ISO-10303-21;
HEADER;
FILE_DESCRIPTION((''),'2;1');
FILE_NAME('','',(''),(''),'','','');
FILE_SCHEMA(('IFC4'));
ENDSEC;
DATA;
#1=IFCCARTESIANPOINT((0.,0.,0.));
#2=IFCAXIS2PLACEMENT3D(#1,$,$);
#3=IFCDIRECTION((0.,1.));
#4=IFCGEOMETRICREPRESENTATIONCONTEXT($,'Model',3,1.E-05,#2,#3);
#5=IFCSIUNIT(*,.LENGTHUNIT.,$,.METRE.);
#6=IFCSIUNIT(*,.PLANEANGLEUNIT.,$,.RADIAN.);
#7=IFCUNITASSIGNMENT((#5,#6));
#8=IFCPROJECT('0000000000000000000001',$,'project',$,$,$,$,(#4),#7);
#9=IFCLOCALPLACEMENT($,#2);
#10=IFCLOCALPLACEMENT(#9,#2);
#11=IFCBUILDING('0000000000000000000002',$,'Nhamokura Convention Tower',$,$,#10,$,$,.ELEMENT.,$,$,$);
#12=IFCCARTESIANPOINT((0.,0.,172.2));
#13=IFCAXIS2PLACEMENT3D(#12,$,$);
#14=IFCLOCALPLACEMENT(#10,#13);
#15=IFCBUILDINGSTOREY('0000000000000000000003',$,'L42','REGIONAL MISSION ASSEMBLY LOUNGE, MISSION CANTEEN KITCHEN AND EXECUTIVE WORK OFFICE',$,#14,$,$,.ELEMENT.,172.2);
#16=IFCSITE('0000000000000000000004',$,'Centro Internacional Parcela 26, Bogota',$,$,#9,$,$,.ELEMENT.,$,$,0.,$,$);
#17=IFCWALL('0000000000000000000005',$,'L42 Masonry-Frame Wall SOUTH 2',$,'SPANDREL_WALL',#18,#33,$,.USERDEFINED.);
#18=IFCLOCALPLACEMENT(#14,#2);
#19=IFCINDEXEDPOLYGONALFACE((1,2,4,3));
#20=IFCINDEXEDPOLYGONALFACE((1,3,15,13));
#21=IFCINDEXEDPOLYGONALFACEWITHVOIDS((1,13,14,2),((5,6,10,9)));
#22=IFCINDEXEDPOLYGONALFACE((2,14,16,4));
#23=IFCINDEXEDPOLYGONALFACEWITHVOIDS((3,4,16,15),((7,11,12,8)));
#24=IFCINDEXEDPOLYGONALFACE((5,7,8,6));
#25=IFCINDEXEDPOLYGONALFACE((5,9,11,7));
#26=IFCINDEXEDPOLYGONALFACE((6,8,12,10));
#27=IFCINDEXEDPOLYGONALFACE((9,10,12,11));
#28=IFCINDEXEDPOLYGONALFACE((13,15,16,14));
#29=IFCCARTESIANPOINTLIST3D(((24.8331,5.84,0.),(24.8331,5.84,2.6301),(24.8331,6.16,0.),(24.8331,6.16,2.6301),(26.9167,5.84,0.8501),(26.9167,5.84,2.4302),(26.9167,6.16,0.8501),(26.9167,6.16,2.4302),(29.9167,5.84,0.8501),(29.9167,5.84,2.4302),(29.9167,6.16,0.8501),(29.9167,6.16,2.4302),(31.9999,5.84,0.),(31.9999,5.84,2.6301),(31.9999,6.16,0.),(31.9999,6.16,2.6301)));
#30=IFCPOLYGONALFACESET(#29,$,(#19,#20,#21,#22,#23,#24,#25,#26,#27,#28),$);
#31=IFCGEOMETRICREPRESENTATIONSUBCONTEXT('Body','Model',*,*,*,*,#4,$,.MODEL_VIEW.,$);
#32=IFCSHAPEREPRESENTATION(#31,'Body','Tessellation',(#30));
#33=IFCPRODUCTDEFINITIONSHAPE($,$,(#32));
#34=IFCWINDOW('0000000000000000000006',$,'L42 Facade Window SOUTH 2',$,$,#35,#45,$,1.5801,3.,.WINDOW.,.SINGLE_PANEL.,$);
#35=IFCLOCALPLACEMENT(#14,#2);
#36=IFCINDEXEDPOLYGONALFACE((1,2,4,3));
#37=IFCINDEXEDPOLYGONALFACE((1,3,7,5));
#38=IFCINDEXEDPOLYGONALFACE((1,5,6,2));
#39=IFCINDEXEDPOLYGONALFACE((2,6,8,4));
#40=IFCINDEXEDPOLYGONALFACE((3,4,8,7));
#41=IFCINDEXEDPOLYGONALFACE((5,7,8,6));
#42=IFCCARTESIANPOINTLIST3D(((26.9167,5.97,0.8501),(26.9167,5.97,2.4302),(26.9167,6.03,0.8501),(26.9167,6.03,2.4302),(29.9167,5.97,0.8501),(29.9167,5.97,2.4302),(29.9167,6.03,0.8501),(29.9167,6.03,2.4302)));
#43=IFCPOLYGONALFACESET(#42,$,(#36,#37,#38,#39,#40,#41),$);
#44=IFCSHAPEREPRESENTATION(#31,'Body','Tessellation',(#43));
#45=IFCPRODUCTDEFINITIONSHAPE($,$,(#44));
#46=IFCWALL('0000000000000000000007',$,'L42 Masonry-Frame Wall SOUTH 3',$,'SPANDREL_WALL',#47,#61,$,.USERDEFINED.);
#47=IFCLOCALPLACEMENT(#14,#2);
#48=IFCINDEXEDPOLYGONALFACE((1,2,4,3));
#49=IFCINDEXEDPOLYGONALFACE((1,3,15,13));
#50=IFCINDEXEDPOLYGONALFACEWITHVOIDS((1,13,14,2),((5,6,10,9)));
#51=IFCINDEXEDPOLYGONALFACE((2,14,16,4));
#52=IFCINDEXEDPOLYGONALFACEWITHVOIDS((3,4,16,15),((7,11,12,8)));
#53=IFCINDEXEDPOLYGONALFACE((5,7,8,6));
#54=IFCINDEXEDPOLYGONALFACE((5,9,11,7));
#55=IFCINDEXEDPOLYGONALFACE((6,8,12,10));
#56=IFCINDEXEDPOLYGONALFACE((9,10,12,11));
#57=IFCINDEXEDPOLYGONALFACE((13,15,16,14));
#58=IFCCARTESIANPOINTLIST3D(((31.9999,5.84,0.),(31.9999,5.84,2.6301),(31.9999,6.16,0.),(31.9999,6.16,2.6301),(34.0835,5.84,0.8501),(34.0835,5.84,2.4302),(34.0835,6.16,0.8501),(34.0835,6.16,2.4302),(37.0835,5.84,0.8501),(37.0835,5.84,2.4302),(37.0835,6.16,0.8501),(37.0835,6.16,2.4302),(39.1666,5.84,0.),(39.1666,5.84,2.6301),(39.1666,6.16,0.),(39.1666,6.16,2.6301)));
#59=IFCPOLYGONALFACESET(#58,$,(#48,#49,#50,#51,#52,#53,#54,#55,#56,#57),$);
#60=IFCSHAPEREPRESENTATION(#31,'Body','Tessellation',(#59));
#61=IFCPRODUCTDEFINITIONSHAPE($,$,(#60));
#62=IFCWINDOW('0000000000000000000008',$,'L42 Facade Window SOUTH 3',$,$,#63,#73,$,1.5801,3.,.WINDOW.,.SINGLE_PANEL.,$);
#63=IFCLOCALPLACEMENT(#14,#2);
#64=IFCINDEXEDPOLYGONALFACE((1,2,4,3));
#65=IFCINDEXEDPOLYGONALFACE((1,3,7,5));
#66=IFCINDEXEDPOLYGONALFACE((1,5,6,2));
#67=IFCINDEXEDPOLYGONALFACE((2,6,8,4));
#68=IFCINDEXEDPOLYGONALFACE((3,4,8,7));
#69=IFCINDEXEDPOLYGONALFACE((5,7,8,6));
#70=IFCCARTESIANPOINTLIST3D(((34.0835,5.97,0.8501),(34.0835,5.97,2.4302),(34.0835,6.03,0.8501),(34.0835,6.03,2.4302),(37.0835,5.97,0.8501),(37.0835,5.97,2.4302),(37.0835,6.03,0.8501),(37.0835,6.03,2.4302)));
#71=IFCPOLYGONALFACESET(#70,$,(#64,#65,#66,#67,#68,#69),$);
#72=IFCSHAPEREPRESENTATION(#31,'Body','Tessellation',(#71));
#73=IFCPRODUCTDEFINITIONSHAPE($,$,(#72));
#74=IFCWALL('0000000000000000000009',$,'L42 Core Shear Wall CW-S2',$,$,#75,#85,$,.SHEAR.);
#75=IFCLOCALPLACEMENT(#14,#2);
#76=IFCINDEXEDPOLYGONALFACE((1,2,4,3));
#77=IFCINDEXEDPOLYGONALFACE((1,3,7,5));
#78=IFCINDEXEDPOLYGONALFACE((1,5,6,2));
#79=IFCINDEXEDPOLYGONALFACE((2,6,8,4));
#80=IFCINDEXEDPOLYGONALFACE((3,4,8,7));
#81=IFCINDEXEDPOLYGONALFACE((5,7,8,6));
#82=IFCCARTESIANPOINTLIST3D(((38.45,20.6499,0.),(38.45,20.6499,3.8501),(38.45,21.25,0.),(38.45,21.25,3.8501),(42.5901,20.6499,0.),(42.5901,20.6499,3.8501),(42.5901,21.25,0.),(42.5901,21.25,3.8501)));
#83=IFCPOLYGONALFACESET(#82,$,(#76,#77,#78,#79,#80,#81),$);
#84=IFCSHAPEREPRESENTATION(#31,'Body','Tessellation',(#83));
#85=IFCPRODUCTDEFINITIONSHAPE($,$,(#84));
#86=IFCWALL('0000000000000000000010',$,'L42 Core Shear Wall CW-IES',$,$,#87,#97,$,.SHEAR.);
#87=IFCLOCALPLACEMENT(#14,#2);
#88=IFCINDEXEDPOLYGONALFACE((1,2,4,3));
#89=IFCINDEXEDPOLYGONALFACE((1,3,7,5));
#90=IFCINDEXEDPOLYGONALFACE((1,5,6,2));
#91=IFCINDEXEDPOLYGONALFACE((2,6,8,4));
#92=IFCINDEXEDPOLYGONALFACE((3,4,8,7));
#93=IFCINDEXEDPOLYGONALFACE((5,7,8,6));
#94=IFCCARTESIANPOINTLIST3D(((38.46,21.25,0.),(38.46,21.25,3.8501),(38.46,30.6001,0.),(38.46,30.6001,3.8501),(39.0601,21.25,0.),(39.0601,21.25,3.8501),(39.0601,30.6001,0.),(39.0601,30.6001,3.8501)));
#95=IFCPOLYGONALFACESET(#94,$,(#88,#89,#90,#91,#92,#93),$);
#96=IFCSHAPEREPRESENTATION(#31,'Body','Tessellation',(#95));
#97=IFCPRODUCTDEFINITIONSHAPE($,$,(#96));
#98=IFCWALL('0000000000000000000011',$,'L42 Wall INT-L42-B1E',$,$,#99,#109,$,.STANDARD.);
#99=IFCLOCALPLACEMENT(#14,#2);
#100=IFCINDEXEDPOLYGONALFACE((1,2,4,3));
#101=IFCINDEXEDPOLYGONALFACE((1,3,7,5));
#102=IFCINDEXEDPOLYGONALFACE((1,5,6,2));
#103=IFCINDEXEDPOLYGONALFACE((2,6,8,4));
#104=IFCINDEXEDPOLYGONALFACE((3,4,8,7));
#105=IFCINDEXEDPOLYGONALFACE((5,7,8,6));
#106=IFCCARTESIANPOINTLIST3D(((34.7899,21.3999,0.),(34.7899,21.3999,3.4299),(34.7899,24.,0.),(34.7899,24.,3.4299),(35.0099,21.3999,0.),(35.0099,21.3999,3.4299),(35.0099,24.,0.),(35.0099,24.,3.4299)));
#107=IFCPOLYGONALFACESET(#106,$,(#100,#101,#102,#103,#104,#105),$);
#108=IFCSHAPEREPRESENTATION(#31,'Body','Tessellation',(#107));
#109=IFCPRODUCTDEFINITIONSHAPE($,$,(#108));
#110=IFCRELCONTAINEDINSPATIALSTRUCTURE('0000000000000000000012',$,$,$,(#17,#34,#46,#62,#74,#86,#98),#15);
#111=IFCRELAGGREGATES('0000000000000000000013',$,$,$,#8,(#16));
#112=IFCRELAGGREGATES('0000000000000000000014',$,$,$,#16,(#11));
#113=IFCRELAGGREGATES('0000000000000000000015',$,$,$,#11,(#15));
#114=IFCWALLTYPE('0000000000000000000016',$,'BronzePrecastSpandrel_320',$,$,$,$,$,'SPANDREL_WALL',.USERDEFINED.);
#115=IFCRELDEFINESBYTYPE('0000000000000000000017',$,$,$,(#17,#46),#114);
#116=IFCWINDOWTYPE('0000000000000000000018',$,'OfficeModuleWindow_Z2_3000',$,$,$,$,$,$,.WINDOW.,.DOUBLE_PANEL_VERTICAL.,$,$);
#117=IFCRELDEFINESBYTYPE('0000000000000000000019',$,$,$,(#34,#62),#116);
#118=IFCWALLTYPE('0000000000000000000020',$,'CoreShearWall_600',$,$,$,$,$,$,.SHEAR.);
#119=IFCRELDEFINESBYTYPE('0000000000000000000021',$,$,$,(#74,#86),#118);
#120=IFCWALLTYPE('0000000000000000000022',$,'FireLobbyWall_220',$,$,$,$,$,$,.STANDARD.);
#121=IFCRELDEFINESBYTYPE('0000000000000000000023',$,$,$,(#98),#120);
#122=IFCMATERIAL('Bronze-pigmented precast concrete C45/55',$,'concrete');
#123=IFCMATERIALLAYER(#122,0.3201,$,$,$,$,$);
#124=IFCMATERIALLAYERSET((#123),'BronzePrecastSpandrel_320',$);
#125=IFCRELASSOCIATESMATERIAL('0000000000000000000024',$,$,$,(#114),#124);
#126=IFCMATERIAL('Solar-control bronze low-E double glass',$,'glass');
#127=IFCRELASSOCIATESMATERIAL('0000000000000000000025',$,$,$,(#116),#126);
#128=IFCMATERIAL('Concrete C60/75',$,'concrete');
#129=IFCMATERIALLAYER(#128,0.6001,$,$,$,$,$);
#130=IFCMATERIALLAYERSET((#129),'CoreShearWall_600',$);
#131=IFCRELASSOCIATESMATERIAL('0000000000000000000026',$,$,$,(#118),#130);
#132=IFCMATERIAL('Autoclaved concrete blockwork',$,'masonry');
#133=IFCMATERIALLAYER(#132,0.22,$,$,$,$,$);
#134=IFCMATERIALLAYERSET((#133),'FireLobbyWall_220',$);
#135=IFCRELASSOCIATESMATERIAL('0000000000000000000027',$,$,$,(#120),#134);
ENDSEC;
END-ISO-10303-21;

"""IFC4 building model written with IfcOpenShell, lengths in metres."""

from ifc_helpers import new_model, si_unit, direction, frame, frame_2d, origin, place, context, subcontext, project, spatial, rectangle, extrude, material, layer, layer_set, type_object, element, fill, save


model = new_model("IFC4")

# Units and contexts
model_context = context("Model", 3, precision=1e-05, world=origin(), true_north=direction((0.0, 1.0)))
body_context = subcontext(model_context, "Body", "Model", "MODEL_VIEW")
ifc_project = project(units=[si_unit("LENGTHUNIT", "METRE"), si_unit("PLANEANGLEUNIT", "RADIAN")], contexts=[model_context])

# Site, building, storey
site_placement = place(None, origin())
site = spatial("IfcSite", under=ifc_project, at=site_placement, Name="Centro Internacional Parcela 26, Bogota", CompositionType="ELEMENT", RefElevation=0.0)
building_placement = place(site_placement, origin())
building = spatial("IfcBuilding", under=site, at=building_placement, Name="Nhamokura Convention Tower", CompositionType="ELEMENT")
storey_placement = place(building_placement, frame((0.0, 0.0, 172.2)))
storey = spatial("IfcBuildingStorey", under=building, at=storey_placement, Name="L42", Description="REGIONAL MISSION ASSEMBLY LOUNGE, MISSION CANTEEN KITCHEN AND EXECUTIVE WORK OFFICE", CompositionType="ELEMENT", Elevation=172.2)

# Walls, openings, windows
ifc_material_1 = material(Name="Bronze-pigmented precast concrete C45/55", Category="concrete")
ifc_layer_1 = layer(ifc_material_1, 0.3201)
ifc_layer_set_1 = layer_set([ifc_layer_1], Name="BronzePrecastSpandrel_320")
wall_type_1 = type_object("IfcWallType", Name="BronzePrecastSpandrel_320", ElementType="SPANDREL_WALL", PredefinedType="USERDEFINED", material=ifc_layer_set_1)
wall_1_placement = place(storey_placement, frame((32.0, 6.0, 0.0), z_axis=(0.0, 0.0, 1.0), x_axis=(-1.0, 0.0, 0.0)))
wall_1 = element("IfcWall", 1, at=wall_1_placement, inside=storey, type_object=wall_type_1, Name="L42 Masonry-Frame Wall SOUTH 2", ObjectType="SPANDREL_WALL", PredefinedType="USERDEFINED", context=body_context, shape_type="SweptSolid", body=[
    extrude(rectangle(XDim=7.1667, YDim=0.3201, at=frame_2d((3.5835, 0.0))), origin(), (0.0, 0.0, 1.0), 2.6301),
])
opening_1_placement = place(wall_1_placement, frame((2.0833, 0.0, 0.8501)))
opening_1 = element("IfcOpeningElement", 2, at=opening_1_placement, cuts=wall_1, PredefinedType="OPENING", context=body_context, shape_type="SweptSolid", body=[
    extrude(rectangle(XDim=3.0, YDim=1.5801, at=frame_2d((1.5, 0.79))), frame((0.0, 0.1699, 0.0), z_axis=(0.0, -1.0, 0.0), x_axis=(1.0, 0.0, 0.0)), (0.0, 0.0, 1.0), 0.3401),
])
ifc_material_2 = material(Name="Solar-control bronze low-E double glass", Category="glass")
window_type = type_object("IfcWindowType", Name="OfficeModuleWindow_Z2_3000", PartitioningType="DOUBLE_PANEL_VERTICAL", PredefinedType="WINDOW", material=ifc_material_2)
window_1_placement = place(opening_1_placement, origin())
window_1 = element("IfcWindow", 3, at=window_1_placement, inside=storey, type_object=window_type, Name="L42 Facade Window SOUTH 2", OverallHeight=1.5801, OverallWidth=3.0, PartitioningType="SINGLE_PANEL", PredefinedType="WINDOW", context=body_context, shape_type="SweptSolid", body=[
    extrude(rectangle(XDim=3.0, YDim=1.5801, at=frame_2d((1.5, 0.79))), frame((0.0, 0.03, 0.0), z_axis=(0.0, -1.0, 0.0), x_axis=(1.0, 0.0, 0.0)), (0.0, 0.0, 1.0), 0.0601),
])
fill(opening_1, window_1)
wall_2_placement = place(storey_placement, frame((39.1667, 6.0, 0.0), z_axis=(0.0, 0.0, 1.0), x_axis=(-1.0, 0.0, 0.0)))
wall_2 = element("IfcWall", 4, at=wall_2_placement, inside=storey, type_object=wall_type_1, Name="L42 Masonry-Frame Wall SOUTH 3", ObjectType="SPANDREL_WALL", PredefinedType="USERDEFINED", context=body_context, shape_type="SweptSolid", body=[
    extrude(rectangle(XDim=7.1667, YDim=0.3201, at=frame_2d((3.5835, 0.0))), origin(), (0.0, 0.0, 1.0), 2.6301),
])
opening_2_placement = place(wall_2_placement, frame((2.0833, 0.0, 0.8501)))
opening_2 = element("IfcOpeningElement", 5, at=opening_2_placement, cuts=wall_2, PredefinedType="OPENING", context=body_context, shape_type="SweptSolid", body=[
    extrude(rectangle(XDim=3.0, YDim=1.5801, at=frame_2d((1.5, 0.79))), frame((0.0, 0.1699, 0.0), z_axis=(0.0, -1.0, 0.0), x_axis=(1.0, 0.0, 0.0)), (0.0, 0.0, 1.0), 0.3401),
])
window_2_placement = place(opening_2_placement, origin())
window_2 = element("IfcWindow", 6, at=window_2_placement, inside=storey, type_object=window_type, Name="L42 Facade Window SOUTH 3", OverallHeight=1.5801, OverallWidth=3.0, PartitioningType="SINGLE_PANEL", PredefinedType="WINDOW", context=body_context, shape_type="SweptSolid", body=[
    extrude(rectangle(XDim=3.0, YDim=1.5801, at=frame_2d((1.5, 0.79))), frame((0.0, 0.03, 0.0), z_axis=(0.0, -1.0, 0.0), x_axis=(1.0, 0.0, 0.0)), (0.0, 0.0, 1.0), 0.0601),
])
fill(opening_2, window_2)

# Shared definitions
ifc_material_3 = material(Name="Concrete C60/75", Category="concrete")
ifc_layer_2 = layer(ifc_material_3, 0.6001)
ifc_layer_set_2 = layer_set([ifc_layer_2], Name="CoreShearWall_600")
wall_type_2 = type_object("IfcWallType", Name="CoreShearWall_600", PredefinedType="SHEAR", material=ifc_layer_set_2)

# Walls
wall_3_placement = place(storey_placement, frame((38.45, 20.95, 0.0), z_axis=(0.0, 0.0, 1.0), x_axis=(1.0, 0.0, 0.0)))
element("IfcWall", 7, at=wall_3_placement, inside=storey, type_object=wall_type_2, Name="L42 Core Shear Wall CW-S2", PredefinedType="SHEAR", context=body_context, shape_type="SweptSolid", body=[
    extrude(rectangle(XDim=4.1401, YDim=0.6001, at=frame_2d((2.0701, 0.0))), origin(), (0.0, 0.0, 1.0), 3.8501),
])
wall_4_placement = place(storey_placement, frame((38.76, 21.25, 0.0), z_axis=(0.0, 0.0, 1.0), x_axis=(0.0, 1.0, 0.0)))
element("IfcWall", 8, at=wall_4_placement, inside=storey, type_object=wall_type_2, Name="L42 Core Shear Wall CW-IES", PredefinedType="SHEAR", context=body_context, shape_type="SweptSolid", body=[
    extrude(rectangle(XDim=9.3501, YDim=0.6001, at=frame_2d((4.675, 0.0))), origin(), (0.0, 0.0, 1.0), 3.8501),
])

# Shared definitions
ifc_material_4 = material(Name="Autoclaved concrete blockwork", Category="masonry")
ifc_layer_3 = layer(ifc_material_4, 0.22)
ifc_layer_set_3 = layer_set([ifc_layer_3], Name="FireLobbyWall_220")
wall_type_3 = type_object("IfcWallType", Name="FireLobbyWall_220", PredefinedType="STANDARD", material=ifc_layer_set_3)

# Wall
wall_5_placement = place(storey_placement, frame((34.8999, 21.3999, 0.0), z_axis=(0.0, 0.0, 1.0), x_axis=(0.0, 1.0, 0.0)))
element("IfcWall", 9, at=wall_5_placement, inside=storey, type_object=wall_type_3, Name="L42 Wall INT-L42-B1E", PredefinedType="STANDARD", context=body_context, shape_type="SweptSolid", body=[
    extrude(rectangle(XDim=2.6001, YDim=0.22, at=frame_2d((1.3, 0.0))), origin(), (0.0, 0.0, 1.0), 3.4299),
])

save(model, "model.ifc")
